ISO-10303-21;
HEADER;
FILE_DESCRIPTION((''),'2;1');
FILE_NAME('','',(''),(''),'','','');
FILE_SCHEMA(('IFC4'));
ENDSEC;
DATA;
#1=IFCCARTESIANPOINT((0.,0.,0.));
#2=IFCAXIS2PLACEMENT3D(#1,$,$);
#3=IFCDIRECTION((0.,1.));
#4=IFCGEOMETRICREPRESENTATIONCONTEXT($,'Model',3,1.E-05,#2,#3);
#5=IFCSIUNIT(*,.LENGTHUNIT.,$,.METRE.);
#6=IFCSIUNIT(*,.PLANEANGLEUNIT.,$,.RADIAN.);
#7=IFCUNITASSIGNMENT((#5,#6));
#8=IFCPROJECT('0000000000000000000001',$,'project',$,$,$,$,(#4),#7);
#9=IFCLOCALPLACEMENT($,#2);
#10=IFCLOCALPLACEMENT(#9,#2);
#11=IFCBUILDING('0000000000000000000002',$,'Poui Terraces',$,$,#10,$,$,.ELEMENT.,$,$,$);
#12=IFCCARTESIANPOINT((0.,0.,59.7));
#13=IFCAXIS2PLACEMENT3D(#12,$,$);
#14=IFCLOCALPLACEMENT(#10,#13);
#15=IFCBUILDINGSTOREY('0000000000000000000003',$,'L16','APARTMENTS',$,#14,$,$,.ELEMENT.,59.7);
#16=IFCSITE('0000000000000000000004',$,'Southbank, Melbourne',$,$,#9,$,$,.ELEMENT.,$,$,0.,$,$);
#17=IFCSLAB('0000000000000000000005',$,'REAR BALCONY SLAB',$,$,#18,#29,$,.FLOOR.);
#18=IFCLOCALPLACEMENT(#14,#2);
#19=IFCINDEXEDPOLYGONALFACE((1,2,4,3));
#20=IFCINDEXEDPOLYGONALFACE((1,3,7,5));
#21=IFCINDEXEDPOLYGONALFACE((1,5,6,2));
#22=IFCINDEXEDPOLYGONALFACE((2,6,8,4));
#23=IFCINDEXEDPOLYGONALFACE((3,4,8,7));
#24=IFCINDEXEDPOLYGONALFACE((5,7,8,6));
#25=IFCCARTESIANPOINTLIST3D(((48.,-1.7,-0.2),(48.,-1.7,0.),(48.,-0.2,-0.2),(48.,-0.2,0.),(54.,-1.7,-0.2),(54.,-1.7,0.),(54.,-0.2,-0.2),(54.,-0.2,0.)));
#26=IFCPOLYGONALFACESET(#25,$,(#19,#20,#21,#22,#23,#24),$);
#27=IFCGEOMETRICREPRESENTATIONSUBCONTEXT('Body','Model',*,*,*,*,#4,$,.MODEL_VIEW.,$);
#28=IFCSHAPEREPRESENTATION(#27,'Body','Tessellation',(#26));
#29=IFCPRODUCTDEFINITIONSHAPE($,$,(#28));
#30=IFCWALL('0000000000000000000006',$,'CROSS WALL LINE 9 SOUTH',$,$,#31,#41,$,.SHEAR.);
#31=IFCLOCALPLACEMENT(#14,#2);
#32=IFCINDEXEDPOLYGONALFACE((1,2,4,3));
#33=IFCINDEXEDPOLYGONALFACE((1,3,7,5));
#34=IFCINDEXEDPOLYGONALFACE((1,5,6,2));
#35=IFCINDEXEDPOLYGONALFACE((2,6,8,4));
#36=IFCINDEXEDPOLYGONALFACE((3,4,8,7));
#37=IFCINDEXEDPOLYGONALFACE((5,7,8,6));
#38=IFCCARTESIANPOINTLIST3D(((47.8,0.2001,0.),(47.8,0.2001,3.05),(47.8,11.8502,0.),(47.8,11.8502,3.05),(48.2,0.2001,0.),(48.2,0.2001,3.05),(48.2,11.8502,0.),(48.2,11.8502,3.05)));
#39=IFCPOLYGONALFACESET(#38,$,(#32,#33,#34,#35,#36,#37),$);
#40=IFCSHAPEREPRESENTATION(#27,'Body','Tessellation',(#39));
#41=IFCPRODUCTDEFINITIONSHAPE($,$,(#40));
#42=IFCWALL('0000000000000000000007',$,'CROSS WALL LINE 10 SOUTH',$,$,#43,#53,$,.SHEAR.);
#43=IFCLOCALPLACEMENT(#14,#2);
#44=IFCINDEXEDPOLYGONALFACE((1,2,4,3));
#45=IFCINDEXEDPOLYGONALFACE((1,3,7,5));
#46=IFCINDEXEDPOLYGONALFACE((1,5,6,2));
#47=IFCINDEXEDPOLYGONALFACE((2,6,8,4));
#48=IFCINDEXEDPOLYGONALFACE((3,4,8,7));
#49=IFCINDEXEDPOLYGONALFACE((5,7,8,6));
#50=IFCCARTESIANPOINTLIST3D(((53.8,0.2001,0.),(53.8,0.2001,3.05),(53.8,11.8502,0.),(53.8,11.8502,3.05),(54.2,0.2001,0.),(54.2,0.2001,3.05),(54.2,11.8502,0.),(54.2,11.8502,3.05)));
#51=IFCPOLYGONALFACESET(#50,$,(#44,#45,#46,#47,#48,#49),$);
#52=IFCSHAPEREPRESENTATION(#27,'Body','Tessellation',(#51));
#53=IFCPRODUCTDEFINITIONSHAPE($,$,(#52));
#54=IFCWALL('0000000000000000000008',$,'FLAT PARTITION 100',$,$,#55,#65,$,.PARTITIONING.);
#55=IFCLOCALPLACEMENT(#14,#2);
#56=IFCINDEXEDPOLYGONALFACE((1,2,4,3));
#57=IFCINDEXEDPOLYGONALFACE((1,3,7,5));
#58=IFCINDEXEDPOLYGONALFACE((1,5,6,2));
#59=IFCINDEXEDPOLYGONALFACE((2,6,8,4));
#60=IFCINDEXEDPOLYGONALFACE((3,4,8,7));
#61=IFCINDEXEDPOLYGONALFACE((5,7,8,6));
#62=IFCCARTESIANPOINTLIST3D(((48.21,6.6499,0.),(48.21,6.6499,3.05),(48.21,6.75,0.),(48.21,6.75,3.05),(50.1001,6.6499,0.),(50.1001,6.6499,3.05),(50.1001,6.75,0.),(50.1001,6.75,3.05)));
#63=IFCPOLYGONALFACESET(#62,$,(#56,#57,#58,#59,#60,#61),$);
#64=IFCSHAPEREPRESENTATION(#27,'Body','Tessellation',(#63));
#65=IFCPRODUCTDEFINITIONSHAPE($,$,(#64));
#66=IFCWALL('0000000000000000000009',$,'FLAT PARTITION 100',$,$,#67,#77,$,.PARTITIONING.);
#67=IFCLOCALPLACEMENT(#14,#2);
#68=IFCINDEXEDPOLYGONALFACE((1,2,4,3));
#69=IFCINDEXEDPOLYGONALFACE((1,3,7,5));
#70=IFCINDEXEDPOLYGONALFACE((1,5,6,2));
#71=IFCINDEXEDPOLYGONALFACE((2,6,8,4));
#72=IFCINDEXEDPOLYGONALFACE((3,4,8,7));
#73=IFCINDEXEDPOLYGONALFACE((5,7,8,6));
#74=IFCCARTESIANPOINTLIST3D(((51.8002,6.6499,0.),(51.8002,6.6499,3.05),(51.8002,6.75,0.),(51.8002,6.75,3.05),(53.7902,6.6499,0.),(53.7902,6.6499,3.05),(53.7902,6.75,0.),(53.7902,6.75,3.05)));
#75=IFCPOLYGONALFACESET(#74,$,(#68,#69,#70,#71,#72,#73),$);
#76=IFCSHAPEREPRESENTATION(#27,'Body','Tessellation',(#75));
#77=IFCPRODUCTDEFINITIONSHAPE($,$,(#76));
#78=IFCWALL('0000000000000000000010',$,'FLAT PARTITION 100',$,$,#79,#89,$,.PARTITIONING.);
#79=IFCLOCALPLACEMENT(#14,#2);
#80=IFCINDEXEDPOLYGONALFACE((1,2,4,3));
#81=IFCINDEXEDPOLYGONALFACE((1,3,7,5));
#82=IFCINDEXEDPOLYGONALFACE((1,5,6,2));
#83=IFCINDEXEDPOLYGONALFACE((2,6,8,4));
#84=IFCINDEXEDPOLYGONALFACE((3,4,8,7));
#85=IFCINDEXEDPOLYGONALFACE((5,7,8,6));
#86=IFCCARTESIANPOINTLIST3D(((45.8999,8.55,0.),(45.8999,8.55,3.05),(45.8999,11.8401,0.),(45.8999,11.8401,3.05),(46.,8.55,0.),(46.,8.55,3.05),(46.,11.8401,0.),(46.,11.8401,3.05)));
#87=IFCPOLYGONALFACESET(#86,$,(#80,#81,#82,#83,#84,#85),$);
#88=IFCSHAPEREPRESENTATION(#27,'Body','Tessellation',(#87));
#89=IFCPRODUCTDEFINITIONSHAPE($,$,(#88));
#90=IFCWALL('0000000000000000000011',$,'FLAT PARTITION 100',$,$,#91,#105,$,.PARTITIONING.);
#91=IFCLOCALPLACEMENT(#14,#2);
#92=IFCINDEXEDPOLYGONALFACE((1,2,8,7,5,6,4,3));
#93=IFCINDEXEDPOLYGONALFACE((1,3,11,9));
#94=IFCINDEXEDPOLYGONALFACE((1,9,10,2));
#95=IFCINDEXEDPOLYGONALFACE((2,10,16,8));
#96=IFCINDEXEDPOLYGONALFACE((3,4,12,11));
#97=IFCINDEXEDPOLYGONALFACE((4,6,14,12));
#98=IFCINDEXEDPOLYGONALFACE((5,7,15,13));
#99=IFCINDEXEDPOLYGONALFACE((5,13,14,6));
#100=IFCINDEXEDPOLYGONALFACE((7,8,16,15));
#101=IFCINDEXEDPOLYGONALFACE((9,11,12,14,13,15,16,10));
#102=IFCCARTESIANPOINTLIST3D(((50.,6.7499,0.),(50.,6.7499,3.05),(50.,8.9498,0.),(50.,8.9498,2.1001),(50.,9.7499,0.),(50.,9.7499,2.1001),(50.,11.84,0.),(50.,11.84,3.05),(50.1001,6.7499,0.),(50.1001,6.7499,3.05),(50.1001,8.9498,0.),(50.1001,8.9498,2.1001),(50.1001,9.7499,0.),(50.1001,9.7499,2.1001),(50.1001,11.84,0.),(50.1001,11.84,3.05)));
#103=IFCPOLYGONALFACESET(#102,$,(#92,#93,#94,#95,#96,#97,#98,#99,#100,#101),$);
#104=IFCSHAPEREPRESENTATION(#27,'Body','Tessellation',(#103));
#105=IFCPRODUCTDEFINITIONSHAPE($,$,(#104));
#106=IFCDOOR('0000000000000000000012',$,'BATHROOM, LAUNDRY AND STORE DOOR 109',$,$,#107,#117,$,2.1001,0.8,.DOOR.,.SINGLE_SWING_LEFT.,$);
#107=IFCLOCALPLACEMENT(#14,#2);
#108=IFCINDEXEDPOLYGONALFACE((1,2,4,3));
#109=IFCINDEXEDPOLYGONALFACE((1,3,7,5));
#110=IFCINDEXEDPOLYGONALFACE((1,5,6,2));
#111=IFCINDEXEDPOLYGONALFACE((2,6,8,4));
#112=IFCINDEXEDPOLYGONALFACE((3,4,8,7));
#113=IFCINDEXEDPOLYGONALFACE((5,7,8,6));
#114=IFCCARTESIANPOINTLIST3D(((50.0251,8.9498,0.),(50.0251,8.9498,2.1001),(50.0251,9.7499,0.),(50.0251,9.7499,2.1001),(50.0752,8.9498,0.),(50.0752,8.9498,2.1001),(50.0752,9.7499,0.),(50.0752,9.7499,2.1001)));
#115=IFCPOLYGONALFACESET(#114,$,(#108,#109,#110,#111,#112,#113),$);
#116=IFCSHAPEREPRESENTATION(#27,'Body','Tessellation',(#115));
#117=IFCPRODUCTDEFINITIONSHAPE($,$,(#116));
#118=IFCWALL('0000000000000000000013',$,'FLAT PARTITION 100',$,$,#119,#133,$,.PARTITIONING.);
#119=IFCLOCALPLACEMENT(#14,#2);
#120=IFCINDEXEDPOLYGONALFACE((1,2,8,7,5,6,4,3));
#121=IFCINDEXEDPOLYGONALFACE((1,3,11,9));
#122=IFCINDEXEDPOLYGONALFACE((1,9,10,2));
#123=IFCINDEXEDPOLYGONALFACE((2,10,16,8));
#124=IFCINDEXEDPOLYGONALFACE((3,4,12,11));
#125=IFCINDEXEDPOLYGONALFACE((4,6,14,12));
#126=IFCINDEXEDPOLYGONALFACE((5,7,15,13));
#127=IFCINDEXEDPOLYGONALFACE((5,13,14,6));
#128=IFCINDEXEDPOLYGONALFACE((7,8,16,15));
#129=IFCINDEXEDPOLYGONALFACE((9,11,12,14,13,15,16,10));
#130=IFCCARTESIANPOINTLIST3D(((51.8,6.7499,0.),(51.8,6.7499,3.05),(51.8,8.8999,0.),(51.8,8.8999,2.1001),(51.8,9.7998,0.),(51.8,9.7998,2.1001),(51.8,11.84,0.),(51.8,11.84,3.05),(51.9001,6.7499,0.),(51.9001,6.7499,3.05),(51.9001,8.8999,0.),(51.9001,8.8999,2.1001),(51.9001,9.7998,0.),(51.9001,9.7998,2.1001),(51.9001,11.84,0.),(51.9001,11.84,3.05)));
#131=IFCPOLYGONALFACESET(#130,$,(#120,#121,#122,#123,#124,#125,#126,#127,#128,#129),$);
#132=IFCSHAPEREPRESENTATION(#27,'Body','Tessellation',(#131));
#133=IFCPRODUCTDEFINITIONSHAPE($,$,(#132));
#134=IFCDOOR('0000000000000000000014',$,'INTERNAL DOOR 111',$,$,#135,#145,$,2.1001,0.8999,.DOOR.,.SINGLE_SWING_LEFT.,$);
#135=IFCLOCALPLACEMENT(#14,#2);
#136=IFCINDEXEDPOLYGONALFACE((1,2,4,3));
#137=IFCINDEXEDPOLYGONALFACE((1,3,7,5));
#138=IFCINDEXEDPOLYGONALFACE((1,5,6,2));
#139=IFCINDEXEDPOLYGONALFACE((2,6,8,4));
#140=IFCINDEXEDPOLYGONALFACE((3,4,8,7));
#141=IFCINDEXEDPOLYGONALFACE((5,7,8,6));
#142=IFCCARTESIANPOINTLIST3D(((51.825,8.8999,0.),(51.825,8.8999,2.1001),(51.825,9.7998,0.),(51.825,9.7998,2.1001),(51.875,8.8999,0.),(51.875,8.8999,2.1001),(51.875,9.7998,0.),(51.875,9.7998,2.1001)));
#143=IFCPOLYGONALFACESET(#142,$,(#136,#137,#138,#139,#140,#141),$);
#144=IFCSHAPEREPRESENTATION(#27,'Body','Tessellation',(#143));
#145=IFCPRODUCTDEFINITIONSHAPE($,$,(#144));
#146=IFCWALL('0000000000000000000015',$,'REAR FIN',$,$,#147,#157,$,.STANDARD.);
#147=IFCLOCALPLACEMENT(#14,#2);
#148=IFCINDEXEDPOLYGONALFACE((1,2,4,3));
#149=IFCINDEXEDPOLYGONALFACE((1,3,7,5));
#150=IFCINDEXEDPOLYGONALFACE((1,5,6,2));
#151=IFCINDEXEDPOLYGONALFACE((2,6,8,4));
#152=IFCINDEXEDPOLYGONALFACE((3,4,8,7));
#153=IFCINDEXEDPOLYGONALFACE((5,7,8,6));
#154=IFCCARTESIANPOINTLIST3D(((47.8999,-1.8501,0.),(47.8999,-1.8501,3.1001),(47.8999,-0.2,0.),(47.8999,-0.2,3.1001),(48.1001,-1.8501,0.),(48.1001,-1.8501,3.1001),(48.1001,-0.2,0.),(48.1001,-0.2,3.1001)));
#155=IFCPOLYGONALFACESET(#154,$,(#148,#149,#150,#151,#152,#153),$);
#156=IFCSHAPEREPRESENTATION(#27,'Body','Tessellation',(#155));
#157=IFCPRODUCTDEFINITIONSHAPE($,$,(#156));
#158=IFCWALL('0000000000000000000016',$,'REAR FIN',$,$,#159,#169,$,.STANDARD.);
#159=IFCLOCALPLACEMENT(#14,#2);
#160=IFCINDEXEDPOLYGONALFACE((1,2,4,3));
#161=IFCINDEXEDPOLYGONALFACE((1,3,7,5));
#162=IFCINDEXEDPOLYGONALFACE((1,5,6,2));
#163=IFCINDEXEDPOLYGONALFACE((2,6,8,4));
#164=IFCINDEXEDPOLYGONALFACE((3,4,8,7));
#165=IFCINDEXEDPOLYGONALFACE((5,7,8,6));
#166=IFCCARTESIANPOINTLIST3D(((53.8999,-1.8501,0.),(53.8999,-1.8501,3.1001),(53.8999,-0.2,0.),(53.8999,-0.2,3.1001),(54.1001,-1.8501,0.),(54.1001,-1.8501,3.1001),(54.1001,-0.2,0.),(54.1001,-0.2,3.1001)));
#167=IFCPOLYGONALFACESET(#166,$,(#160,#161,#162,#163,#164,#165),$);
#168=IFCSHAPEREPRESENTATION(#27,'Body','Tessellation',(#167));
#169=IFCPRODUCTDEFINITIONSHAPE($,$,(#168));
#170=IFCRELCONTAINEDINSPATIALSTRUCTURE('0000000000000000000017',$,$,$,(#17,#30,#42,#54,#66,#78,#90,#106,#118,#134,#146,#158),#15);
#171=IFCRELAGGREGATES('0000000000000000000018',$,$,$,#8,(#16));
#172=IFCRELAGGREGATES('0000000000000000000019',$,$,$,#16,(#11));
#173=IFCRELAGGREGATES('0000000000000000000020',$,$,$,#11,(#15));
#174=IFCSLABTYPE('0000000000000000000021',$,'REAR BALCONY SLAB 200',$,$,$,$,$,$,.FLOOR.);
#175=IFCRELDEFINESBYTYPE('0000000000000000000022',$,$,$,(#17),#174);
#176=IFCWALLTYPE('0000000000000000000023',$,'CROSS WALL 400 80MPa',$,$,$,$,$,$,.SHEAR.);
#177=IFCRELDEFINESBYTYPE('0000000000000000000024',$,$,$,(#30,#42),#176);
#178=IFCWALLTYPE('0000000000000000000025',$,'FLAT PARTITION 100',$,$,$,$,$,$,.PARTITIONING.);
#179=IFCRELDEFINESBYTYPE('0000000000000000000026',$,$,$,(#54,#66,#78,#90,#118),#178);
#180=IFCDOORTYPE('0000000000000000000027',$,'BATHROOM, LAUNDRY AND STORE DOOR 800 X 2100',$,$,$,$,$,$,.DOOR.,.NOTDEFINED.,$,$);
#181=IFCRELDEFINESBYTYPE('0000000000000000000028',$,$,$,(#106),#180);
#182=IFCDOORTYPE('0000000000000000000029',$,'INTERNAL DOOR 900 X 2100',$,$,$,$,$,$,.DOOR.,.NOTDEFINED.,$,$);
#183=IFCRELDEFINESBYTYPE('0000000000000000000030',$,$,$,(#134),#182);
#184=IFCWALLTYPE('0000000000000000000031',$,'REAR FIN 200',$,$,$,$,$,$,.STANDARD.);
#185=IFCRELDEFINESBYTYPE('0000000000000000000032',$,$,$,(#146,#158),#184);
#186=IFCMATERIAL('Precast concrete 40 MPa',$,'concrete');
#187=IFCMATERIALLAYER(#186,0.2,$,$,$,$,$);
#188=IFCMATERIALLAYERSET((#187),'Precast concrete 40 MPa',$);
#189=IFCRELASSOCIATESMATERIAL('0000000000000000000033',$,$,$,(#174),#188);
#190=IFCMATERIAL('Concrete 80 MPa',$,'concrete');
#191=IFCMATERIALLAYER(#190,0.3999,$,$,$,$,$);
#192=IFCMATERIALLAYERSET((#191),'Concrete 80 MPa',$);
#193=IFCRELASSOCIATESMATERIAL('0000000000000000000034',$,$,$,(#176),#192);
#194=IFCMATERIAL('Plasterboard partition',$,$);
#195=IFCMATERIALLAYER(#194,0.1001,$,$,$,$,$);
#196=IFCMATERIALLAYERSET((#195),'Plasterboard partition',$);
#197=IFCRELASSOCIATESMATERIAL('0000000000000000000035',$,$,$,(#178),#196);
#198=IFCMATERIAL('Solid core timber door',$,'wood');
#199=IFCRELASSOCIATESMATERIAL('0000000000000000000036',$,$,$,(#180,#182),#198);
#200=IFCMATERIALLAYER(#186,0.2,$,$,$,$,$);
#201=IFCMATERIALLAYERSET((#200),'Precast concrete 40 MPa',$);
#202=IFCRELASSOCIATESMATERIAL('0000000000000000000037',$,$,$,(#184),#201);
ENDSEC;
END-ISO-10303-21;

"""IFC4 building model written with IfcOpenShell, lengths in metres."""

from ifc_helpers import new_model, si_unit, direction, frame, frame_2d, origin, place, context, subcontext, project, spatial, polyline, rectangle, outline, extrude, source, transform, mapped, material, layer, layer_set, type_object, element, fill, save


model = new_model("IFC4")

# Units and contexts
model_context = context("Model", 3, precision=1e-05, world=origin(), true_north=direction((0.0, 1.0)))
body_context = subcontext(model_context, "Body", "Model", "MODEL_VIEW")
ifc_project = project(units=[si_unit("LENGTHUNIT", "METRE"), si_unit("PLANEANGLEUNIT", "RADIAN")], contexts=[model_context])

# Site, building, storey
site_placement = place(None, origin())
site = spatial("IfcSite", under=ifc_project, at=site_placement, Name="Southbank, Melbourne", CompositionType="ELEMENT", RefElevation=0.0)
building_placement = place(site_placement, origin())
building = spatial("IfcBuilding", under=site, at=building_placement, Name="Poui Terraces", CompositionType="ELEMENT")
storey_placement = place(building_placement, frame((0.0, 0.0, 59.7)))
storey = spatial("IfcBuildingStorey", under=building, at=storey_placement, Name="L16", Description="APARTMENTS", CompositionType="ELEMENT", Elevation=59.7)

# Slab
ifc_material_1 = material(Name="Precast concrete 40 MPa", Category="concrete")
ifc_layer_1 = layer(ifc_material_1, 0.2)
ifc_layer_set_1 = layer_set([ifc_layer_1], Name="Precast concrete 40 MPa")
slab_type = type_object("IfcSlabType", Name="REAR BALCONY SLAB 200", PredefinedType="FLOOR", material=ifc_layer_set_1)
shared_shape_1 = source(origin(), body_context, "Body", "SweptSolid", [
    extrude(outline(polyline([(0.0, 0.0), (6.0, 0.0), (6.0, 1.5), (0.0, 1.5), (0.0, 0.0)])), origin(), (0.0, 0.0, 1.0), 0.2),
])
slab_placement = place(storey_placement, frame((48.0, -1.7, -0.2)))
element("IfcSlab", 1, at=slab_placement, inside=storey, type_object=slab_type, Name="REAR BALCONY SLAB", PredefinedType="FLOOR", context=body_context, shape_type="MappedRepresentation", body=[
    mapped(shared_shape_1, transform((0.0, 0.0, 0.0))),
])

# Walls
ifc_material_2 = material(Name="Concrete 80 MPa", Category="concrete")
ifc_layer_2 = layer(ifc_material_2, 0.3999)
ifc_layer_set_2 = layer_set([ifc_layer_2], Name="Concrete 80 MPa")
wall_type_1 = type_object("IfcWallType", Name="CROSS WALL 400 80MPa", PredefinedType="SHEAR", material=ifc_layer_set_2)
for number, where, z_axis, x_axis, name in (
    (2, (48.0, 0.2, 0.0), (0.0, 0.0, 1.0), (0.0, 1.0, 0.0), "CROSS WALL LINE 9 SOUTH"),
    (3, (54.0, 0.2, 0.0), (0.0, 0.0, 1.0), (0.0, 1.0, 0.0), "CROSS WALL LINE 10 SOUTH"),
):
    element("IfcWall", number, at=place(storey_placement, frame(where, z_axis=z_axis, x_axis=x_axis)), inside=storey, type_object=wall_type_1, Name=name, PredefinedType="SHEAR", context=body_context, shape_type="SweptSolid", body=[
        extrude(rectangle(XDim=11.6501, YDim=0.3999, at=frame_2d((5.8252, 0.0))), origin(), (0.0, 0.0, 1.0), 3.05),
    ])
ifc_material_3 = material(Name="Plasterboard partition")
ifc_layer_3 = layer(ifc_material_3, 0.1001)
ifc_layer_set_3 = layer_set([ifc_layer_3], Name="Plasterboard partition")
wall_type_2 = type_object("IfcWallType", Name="FLAT PARTITION 100", PredefinedType="PARTITIONING", material=ifc_layer_set_3)
wall_1_placement = place(storey_placement, frame((48.21, 6.7, 0.0), z_axis=(0.0, 0.0, 1.0), x_axis=(1.0, 0.0, 0.0)))
element("IfcWall", 4, at=wall_1_placement, inside=storey, type_object=wall_type_2, Name="FLAT PARTITION 100", PredefinedType="PARTITIONING", context=body_context, shape_type="SweptSolid", body=[
    extrude(rectangle(XDim=1.8901, YDim=0.1001, at=frame_2d((0.9451, 0.0))), origin(), (0.0, 0.0, 1.0), 3.05),
])
wall_2_placement = place(storey_placement, frame((51.8, 6.7, 0.0), z_axis=(0.0, 0.0, 1.0), x_axis=(1.0, 0.0, 0.0)))
element("IfcWall", 5, at=wall_2_placement, inside=storey, type_object=wall_type_2, Name="FLAT PARTITION 100", PredefinedType="PARTITIONING", context=body_context, shape_type="SweptSolid", body=[
    extrude(rectangle(XDim=1.99, YDim=0.1001, at=frame_2d((0.9951, 0.0))), origin(), (0.0, 0.0, 1.0), 3.05),
])
wall_3_placement = place(storey_placement, frame((45.95, 8.55, 0.0), z_axis=(0.0, 0.0, 1.0), x_axis=(0.0, 1.0, 0.0)))
element("IfcWall", 6, at=wall_3_placement, inside=storey, type_object=wall_type_2, Name="FLAT PARTITION 100", PredefinedType="PARTITIONING", context=body_context, shape_type="SweptSolid", body=[
    extrude(rectangle(XDim=3.29, YDim=0.1001, at=frame_2d((1.645, 0.0))), origin(), (0.0, 0.0, 1.0), 3.05),
])

# Walls, openings, doors
wall_4_placement = place(storey_placement, frame((50.05, 6.75, 0.0), z_axis=(0.0, 0.0, 1.0), x_axis=(0.0, 1.0, 0.0)))
wall_4 = element("IfcWall", 7, at=wall_4_placement, inside=storey, type_object=wall_type_2, Name="FLAT PARTITION 100", PredefinedType="PARTITIONING", context=body_context, shape_type="SweptSolid", body=[
    extrude(rectangle(XDim=5.0901, YDim=0.1001, at=frame_2d((2.5449, 0.0))), origin(), (0.0, 0.0, 1.0), 3.05),
])
opening_1_placement = place(wall_4_placement, frame((2.2, 0.0, 0.0)))
opening_1 = element("IfcOpeningElement", 8, at=opening_1_placement, cuts=wall_4, PredefinedType="OPENING", context=body_context, shape_type="SweptSolid", body=[
    extrude(rectangle(XDim=0.8, YDim=2.1001, at=frame_2d((0.3999, 1.05))), frame((0.0, 0.0601, 0.0), z_axis=(0.0, -1.0, 0.0), x_axis=(1.0, 0.0, 0.0)), (0.0, 0.0, 1.0), 0.1201),
])
ifc_material_4 = material(Name="Solid core timber door", Category="wood")
door_type_1 = type_object("IfcDoorType", Name="BATHROOM, LAUNDRY AND STORE DOOR 800 X 2100", OperationType="NOTDEFINED", PredefinedType="DOOR", material=ifc_material_4)
door_1_placement = place(opening_1_placement, origin())
door_1 = element("IfcDoor", 9, at=door_1_placement, inside=storey, type_object=door_type_1, Name="BATHROOM, LAUNDRY AND STORE DOOR 109", OperationType="SINGLE_SWING_LEFT", OverallHeight=2.1001, OverallWidth=0.8, PredefinedType="DOOR", context=body_context, shape_type="SweptSolid", body=[
    extrude(rectangle(XDim=0.8, YDim=2.1001, at=frame_2d((0.3999, 1.05))), frame((0.0, 0.0249, 0.0), z_axis=(0.0, -1.0, 0.0), x_axis=(1.0, 0.0, 0.0)), (0.0, 0.0, 1.0), 0.05),
])
fill(opening_1, door_1)
wall_5_placement = place(storey_placement, frame((51.8501, 6.75, 0.0), z_axis=(0.0, 0.0, 1.0), x_axis=(0.0, 1.0, 0.0)))
wall_5 = element("IfcWall", 10, at=wall_5_placement, inside=storey, type_object=wall_type_2, Name="FLAT PARTITION 100", PredefinedType="PARTITIONING", context=body_context, shape_type="SweptSolid", body=[
    extrude(rectangle(XDim=5.0901, YDim=0.1001, at=frame_2d((2.5449, 0.0))), origin(), (0.0, 0.0, 1.0), 3.05),
])
opening_2_placement = place(wall_5_placement, frame((2.1499, 0.0, 0.0)))
opening_2 = element("IfcOpeningElement", 11, at=opening_2_placement, cuts=wall_5, PredefinedType="OPENING", context=body_context, shape_type="SweptSolid", body=[
    extrude(rectangle(XDim=0.8999, YDim=2.1001, at=frame_2d((0.45, 1.05))), frame((0.0, 0.0601, 0.0), z_axis=(0.0, -1.0, 0.0), x_axis=(1.0, 0.0, 0.0)), (0.0, 0.0, 1.0), 0.1201),
])
door_type_2 = type_object("IfcDoorType", Name="INTERNAL DOOR 900 X 2100", OperationType="NOTDEFINED", PredefinedType="DOOR", material=ifc_material_4)
door_2_placement = place(opening_2_placement, frame((0.8999, 0.0, 0.0), z_axis=(0.0, 0.0, 1.0), x_axis=(-1.0, 0.0, 0.0)))
door_2 = element("IfcDoor", 12, at=door_2_placement, inside=storey, type_object=door_type_2, Name="INTERNAL DOOR 111", OperationType="SINGLE_SWING_LEFT", OverallHeight=2.1001, OverallWidth=0.8999, PredefinedType="DOOR", context=body_context, shape_type="SweptSolid", body=[
    extrude(rectangle(XDim=0.8999, YDim=2.1001, at=frame_2d((0.45, 1.05))), frame((0.0, 0.0249, 0.0), z_axis=(0.0, -1.0, 0.0), x_axis=(1.0, 0.0, 0.0)), (0.0, 0.0, 1.0), 0.05),
])
fill(opening_2, door_2)

# Walls
ifc_layer_4 = layer(ifc_material_1, 0.2)
ifc_layer_set_4 = layer_set([ifc_layer_4], Name="Precast concrete 40 MPa")
wall_type_3 = type_object("IfcWallType", Name="REAR FIN 200", PredefinedType="STANDARD", material=ifc_layer_set_4)
shared_shape_2 = source(origin(), body_context, "Body", "SweptSolid", [
    extrude(outline(polyline([(0.0, 0.0), (0.2002, 0.0), (0.2002, 1.6501), (0.0, 1.6501), (0.0, 0.0)])), origin(), (0.0, 0.0, 1.0), 3.1001),
])
for number, where, name in (
    (13, (47.8999, -1.8501, 0.0), "REAR FIN"),
    (14, (53.8999, -1.8501, 0.0), "REAR FIN"),
):
    element("IfcWall", number, at=place(storey_placement, frame(where)), inside=storey, type_object=wall_type_3, Name=name, PredefinedType="STANDARD", context=body_context, shape_type="MappedRepresentation", body=[
        mapped(shared_shape_2, transform((0.0, 0.0, 0.0))),
    ])

save(model, "model.ifc")
